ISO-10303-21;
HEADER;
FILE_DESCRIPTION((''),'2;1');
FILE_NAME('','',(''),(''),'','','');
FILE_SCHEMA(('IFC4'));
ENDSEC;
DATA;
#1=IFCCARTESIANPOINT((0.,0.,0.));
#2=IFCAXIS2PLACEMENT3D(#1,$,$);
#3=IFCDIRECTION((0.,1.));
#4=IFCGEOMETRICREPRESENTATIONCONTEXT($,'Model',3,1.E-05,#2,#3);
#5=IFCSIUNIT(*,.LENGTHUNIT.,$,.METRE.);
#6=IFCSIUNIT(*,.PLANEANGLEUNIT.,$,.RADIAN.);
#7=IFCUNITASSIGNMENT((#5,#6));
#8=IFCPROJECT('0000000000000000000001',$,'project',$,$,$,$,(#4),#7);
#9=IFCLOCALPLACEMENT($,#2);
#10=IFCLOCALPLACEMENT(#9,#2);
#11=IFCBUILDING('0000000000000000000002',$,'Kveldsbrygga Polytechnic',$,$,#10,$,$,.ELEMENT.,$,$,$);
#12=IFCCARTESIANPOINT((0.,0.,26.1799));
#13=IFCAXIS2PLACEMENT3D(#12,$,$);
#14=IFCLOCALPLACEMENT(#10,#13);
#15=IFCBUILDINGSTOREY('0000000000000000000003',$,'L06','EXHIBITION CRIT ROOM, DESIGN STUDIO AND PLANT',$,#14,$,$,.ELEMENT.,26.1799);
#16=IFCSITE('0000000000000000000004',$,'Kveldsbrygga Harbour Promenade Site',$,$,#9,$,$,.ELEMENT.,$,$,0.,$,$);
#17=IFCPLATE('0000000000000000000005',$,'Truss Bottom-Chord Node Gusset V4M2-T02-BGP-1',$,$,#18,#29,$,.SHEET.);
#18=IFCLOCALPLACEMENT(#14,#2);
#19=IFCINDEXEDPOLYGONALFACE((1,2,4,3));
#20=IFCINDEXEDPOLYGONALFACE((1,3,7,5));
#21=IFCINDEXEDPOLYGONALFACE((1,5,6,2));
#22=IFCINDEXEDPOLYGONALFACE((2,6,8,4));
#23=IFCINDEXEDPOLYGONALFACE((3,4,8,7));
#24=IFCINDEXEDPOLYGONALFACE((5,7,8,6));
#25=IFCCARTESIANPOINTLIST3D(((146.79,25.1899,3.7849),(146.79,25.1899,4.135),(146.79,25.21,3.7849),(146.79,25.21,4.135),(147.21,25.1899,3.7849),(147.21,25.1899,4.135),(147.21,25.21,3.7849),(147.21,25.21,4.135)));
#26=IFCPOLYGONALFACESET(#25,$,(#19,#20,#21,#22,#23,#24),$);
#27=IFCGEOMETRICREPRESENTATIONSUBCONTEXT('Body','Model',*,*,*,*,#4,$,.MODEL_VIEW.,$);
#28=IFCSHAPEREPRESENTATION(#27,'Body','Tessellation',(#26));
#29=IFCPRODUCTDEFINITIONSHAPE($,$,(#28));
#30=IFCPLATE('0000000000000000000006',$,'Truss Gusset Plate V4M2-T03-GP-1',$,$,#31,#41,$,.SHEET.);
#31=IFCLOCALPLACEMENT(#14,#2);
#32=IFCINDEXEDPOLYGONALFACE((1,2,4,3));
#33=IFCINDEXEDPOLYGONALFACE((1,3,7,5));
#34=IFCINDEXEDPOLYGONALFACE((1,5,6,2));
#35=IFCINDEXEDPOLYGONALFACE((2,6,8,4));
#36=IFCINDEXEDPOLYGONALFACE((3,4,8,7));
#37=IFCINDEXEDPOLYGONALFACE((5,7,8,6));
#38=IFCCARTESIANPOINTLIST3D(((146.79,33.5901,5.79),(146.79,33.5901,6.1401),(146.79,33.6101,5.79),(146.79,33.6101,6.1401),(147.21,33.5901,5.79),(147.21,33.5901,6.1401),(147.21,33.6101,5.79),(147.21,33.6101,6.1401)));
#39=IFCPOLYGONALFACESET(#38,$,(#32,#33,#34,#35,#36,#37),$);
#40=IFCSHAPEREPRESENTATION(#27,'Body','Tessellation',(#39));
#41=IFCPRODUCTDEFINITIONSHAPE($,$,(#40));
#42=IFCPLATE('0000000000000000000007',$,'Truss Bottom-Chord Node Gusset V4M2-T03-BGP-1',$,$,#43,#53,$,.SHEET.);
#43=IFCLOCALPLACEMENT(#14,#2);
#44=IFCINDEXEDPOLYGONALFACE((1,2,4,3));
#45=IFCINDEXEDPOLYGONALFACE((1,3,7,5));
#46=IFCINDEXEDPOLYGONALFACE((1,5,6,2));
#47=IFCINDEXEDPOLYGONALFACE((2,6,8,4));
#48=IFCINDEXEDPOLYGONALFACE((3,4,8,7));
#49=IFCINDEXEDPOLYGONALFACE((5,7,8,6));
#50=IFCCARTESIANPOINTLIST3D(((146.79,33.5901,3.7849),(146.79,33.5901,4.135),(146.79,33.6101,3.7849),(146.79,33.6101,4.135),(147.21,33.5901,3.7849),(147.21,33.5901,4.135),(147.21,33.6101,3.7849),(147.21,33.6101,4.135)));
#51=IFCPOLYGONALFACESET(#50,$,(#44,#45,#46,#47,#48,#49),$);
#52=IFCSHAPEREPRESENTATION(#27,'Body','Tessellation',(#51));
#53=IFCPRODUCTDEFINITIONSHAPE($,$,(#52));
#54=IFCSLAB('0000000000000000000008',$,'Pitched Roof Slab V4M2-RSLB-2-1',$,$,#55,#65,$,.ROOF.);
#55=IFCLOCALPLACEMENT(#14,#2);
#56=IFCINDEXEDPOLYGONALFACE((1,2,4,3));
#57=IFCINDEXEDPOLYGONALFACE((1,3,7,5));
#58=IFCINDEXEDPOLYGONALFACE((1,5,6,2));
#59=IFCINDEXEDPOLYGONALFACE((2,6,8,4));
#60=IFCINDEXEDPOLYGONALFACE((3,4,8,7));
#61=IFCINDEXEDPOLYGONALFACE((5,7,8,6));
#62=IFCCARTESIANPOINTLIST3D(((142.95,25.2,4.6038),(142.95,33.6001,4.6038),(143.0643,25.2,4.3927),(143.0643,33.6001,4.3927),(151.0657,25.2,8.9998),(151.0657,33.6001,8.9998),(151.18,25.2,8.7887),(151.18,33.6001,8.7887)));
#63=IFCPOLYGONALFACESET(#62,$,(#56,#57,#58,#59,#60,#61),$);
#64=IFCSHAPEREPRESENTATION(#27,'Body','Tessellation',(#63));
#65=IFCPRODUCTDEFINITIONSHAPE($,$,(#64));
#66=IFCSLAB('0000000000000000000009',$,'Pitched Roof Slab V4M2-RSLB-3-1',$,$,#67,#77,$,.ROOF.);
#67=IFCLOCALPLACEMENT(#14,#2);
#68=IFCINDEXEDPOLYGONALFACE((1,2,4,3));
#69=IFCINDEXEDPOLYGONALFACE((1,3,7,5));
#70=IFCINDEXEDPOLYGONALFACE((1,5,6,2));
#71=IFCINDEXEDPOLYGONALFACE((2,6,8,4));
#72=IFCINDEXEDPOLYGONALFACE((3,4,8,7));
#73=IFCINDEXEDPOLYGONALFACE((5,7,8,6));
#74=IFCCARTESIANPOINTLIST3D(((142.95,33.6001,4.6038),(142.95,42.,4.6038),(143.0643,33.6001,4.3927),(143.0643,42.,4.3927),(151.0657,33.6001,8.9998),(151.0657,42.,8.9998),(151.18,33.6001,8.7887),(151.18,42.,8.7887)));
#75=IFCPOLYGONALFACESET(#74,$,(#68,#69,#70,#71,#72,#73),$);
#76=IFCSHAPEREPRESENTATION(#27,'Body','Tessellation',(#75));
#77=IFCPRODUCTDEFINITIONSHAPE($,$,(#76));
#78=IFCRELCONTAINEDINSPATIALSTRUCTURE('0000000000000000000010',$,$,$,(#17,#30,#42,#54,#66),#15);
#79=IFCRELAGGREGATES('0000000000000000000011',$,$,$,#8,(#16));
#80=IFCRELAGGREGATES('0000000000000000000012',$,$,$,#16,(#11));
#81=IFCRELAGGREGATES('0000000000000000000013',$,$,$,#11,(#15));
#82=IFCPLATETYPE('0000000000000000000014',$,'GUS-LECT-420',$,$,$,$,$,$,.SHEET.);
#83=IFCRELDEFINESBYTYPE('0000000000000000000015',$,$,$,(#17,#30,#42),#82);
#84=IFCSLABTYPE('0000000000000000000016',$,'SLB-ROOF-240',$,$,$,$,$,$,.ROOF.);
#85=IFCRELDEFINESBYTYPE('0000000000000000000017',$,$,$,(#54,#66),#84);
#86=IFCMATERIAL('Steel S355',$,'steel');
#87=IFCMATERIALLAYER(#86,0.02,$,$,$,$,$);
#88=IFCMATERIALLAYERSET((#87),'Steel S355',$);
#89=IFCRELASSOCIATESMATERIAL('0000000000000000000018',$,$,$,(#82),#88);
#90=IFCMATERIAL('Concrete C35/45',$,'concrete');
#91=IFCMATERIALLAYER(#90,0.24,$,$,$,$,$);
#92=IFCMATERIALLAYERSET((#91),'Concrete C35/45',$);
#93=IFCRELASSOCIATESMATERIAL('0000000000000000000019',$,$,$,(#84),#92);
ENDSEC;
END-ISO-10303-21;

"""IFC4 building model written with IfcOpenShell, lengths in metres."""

from ifc_helpers import new_model, si_unit, direction, frame, origin, origin_2d, place, context, subcontext, project, spatial, polyline, rectangle, outline, extrude, material, layer, layer_set, type_object, element, save


model = new_model("IFC4")

# Units and contexts
model_context = context("Model", 3, precision=1e-05, world=origin(), true_north=direction((0.0, 1.0)))
body_context = subcontext(model_context, "Body", "Model", "MODEL_VIEW")
ifc_project = project(units=[si_unit("LENGTHUNIT", "METRE"), si_unit("PLANEANGLEUNIT", "RADIAN")], contexts=[model_context])

# Site, building, storey
site_placement = place(None, origin())
site = spatial("IfcSite", under=ifc_project, at=site_placement, Name="Kveldsbrygga Harbour Promenade Site", CompositionType="ELEMENT", RefElevation=0.0)
building_placement = place(site_placement, origin())
building = spatial("IfcBuilding", under=site, at=building_placement, Name="Kveldsbrygga Polytechnic", CompositionType="ELEMENT")
storey_placement = place(building_placement, frame((0.0, 0.0, 26.1799)))
storey = spatial("IfcBuildingStorey", under=building, at=storey_placement, Name="L06", Description="EXHIBITION CRIT ROOM, DESIGN STUDIO AND PLANT", CompositionType="ELEMENT", Elevation=26.1799)

# Shared definitions
ifc_material_1 = material(Name="Steel S355", Category="steel")

# Plates
ifc_layer_1 = layer(ifc_material_1, 0.02)
ifc_layer_set_1 = layer_set([ifc_layer_1], Name="Steel S355")
plate_type_1 = type_object("IfcPlateType", Name="GUS-LECT-420", PredefinedType="SHEET", material=ifc_layer_set_1)
for number, where, z_axis, x_axis, name in (
    (1, (147.0, 25.2, 3.7849), (0.0, 0.0, 1.0), (1.0, 0.0, 0.0), "Truss Bottom-Chord Node Gusset V4M2-T02-BGP-1"),
    (2, (147.0, 33.6001, 5.79), (0.0, 0.0, 1.0), (1.0, 0.0, 0.0), "Truss Gusset Plate V4M2-T03-GP-1"),
    (3, (147.0, 33.6001, 3.7849), (0.0, 0.0, 1.0), (1.0, 0.0, 0.0), "Truss Bottom-Chord Node Gusset V4M2-T03-BGP-1"),
):
    element("IfcPlate", number, at=place(storey_placement, frame(where, z_axis=z_axis, x_axis=x_axis)), inside=storey, type_object=plate_type_1, Name=name, PredefinedType="SHEET", context=body_context, shape_type="SweptSolid", body=[
        extrude(rectangle(XDim=0.4199, YDim=0.02, at=origin_2d()), origin(), (0.0, 0.0, 1.0), 0.3501),
    ])

# Slabs
ifc_material_2 = material(Name="Concrete C35/45", Category="concrete")
ifc_layer_2 = layer(ifc_material_2, 0.24)
ifc_layer_set_2 = layer_set([ifc_layer_2], Name="Concrete C35/45")
slab_type = type_object("IfcSlabType", Name="SLB-ROOF-240", PredefinedType="ROOF", material=ifc_layer_set_2)
slab_1_placement = place(storey_placement, frame((142.95, 25.2, 4.6038), z_axis=(-0.476281, 0.0, 0.879293), x_axis=(0.879293, 0.0, 0.476281)))
element("IfcSlab", 4, at=slab_1_placement, inside=storey, type_object=slab_type, Name="Pitched Roof Slab V4M2-RSLB-2-1", PredefinedType="ROOF", context=body_context, shape_type="SweptSolid", body=[
    extrude(outline(polyline([(0.0, 0.0), (9.2298, 0.0), (9.2298, 8.4001), (0.0, 8.4001), (0.0, 0.0)])), origin(), (0.0, 0.0, -1.0), 0.24),
])
slab_2_placement = place(storey_placement, frame((142.95, 33.6001, 4.6038), z_axis=(-0.476281, 0.0, 0.879293), x_axis=(0.879293, 0.0, 0.476281)))
element("IfcSlab", 5, at=slab_2_placement, inside=storey, type_object=slab_type, Name="Pitched Roof Slab V4M2-RSLB-3-1", PredefinedType="ROOF", context=body_context, shape_type="SweptSolid", body=[
    extrude(outline(polyline([(0.0, 0.0), (9.2298, 0.0), (9.2298, 8.3999), (0.0, 8.3999), (0.0, 0.0)])), origin(), (0.0, 0.0, -1.0), 0.24),
])

save(model, "model.ifc")
